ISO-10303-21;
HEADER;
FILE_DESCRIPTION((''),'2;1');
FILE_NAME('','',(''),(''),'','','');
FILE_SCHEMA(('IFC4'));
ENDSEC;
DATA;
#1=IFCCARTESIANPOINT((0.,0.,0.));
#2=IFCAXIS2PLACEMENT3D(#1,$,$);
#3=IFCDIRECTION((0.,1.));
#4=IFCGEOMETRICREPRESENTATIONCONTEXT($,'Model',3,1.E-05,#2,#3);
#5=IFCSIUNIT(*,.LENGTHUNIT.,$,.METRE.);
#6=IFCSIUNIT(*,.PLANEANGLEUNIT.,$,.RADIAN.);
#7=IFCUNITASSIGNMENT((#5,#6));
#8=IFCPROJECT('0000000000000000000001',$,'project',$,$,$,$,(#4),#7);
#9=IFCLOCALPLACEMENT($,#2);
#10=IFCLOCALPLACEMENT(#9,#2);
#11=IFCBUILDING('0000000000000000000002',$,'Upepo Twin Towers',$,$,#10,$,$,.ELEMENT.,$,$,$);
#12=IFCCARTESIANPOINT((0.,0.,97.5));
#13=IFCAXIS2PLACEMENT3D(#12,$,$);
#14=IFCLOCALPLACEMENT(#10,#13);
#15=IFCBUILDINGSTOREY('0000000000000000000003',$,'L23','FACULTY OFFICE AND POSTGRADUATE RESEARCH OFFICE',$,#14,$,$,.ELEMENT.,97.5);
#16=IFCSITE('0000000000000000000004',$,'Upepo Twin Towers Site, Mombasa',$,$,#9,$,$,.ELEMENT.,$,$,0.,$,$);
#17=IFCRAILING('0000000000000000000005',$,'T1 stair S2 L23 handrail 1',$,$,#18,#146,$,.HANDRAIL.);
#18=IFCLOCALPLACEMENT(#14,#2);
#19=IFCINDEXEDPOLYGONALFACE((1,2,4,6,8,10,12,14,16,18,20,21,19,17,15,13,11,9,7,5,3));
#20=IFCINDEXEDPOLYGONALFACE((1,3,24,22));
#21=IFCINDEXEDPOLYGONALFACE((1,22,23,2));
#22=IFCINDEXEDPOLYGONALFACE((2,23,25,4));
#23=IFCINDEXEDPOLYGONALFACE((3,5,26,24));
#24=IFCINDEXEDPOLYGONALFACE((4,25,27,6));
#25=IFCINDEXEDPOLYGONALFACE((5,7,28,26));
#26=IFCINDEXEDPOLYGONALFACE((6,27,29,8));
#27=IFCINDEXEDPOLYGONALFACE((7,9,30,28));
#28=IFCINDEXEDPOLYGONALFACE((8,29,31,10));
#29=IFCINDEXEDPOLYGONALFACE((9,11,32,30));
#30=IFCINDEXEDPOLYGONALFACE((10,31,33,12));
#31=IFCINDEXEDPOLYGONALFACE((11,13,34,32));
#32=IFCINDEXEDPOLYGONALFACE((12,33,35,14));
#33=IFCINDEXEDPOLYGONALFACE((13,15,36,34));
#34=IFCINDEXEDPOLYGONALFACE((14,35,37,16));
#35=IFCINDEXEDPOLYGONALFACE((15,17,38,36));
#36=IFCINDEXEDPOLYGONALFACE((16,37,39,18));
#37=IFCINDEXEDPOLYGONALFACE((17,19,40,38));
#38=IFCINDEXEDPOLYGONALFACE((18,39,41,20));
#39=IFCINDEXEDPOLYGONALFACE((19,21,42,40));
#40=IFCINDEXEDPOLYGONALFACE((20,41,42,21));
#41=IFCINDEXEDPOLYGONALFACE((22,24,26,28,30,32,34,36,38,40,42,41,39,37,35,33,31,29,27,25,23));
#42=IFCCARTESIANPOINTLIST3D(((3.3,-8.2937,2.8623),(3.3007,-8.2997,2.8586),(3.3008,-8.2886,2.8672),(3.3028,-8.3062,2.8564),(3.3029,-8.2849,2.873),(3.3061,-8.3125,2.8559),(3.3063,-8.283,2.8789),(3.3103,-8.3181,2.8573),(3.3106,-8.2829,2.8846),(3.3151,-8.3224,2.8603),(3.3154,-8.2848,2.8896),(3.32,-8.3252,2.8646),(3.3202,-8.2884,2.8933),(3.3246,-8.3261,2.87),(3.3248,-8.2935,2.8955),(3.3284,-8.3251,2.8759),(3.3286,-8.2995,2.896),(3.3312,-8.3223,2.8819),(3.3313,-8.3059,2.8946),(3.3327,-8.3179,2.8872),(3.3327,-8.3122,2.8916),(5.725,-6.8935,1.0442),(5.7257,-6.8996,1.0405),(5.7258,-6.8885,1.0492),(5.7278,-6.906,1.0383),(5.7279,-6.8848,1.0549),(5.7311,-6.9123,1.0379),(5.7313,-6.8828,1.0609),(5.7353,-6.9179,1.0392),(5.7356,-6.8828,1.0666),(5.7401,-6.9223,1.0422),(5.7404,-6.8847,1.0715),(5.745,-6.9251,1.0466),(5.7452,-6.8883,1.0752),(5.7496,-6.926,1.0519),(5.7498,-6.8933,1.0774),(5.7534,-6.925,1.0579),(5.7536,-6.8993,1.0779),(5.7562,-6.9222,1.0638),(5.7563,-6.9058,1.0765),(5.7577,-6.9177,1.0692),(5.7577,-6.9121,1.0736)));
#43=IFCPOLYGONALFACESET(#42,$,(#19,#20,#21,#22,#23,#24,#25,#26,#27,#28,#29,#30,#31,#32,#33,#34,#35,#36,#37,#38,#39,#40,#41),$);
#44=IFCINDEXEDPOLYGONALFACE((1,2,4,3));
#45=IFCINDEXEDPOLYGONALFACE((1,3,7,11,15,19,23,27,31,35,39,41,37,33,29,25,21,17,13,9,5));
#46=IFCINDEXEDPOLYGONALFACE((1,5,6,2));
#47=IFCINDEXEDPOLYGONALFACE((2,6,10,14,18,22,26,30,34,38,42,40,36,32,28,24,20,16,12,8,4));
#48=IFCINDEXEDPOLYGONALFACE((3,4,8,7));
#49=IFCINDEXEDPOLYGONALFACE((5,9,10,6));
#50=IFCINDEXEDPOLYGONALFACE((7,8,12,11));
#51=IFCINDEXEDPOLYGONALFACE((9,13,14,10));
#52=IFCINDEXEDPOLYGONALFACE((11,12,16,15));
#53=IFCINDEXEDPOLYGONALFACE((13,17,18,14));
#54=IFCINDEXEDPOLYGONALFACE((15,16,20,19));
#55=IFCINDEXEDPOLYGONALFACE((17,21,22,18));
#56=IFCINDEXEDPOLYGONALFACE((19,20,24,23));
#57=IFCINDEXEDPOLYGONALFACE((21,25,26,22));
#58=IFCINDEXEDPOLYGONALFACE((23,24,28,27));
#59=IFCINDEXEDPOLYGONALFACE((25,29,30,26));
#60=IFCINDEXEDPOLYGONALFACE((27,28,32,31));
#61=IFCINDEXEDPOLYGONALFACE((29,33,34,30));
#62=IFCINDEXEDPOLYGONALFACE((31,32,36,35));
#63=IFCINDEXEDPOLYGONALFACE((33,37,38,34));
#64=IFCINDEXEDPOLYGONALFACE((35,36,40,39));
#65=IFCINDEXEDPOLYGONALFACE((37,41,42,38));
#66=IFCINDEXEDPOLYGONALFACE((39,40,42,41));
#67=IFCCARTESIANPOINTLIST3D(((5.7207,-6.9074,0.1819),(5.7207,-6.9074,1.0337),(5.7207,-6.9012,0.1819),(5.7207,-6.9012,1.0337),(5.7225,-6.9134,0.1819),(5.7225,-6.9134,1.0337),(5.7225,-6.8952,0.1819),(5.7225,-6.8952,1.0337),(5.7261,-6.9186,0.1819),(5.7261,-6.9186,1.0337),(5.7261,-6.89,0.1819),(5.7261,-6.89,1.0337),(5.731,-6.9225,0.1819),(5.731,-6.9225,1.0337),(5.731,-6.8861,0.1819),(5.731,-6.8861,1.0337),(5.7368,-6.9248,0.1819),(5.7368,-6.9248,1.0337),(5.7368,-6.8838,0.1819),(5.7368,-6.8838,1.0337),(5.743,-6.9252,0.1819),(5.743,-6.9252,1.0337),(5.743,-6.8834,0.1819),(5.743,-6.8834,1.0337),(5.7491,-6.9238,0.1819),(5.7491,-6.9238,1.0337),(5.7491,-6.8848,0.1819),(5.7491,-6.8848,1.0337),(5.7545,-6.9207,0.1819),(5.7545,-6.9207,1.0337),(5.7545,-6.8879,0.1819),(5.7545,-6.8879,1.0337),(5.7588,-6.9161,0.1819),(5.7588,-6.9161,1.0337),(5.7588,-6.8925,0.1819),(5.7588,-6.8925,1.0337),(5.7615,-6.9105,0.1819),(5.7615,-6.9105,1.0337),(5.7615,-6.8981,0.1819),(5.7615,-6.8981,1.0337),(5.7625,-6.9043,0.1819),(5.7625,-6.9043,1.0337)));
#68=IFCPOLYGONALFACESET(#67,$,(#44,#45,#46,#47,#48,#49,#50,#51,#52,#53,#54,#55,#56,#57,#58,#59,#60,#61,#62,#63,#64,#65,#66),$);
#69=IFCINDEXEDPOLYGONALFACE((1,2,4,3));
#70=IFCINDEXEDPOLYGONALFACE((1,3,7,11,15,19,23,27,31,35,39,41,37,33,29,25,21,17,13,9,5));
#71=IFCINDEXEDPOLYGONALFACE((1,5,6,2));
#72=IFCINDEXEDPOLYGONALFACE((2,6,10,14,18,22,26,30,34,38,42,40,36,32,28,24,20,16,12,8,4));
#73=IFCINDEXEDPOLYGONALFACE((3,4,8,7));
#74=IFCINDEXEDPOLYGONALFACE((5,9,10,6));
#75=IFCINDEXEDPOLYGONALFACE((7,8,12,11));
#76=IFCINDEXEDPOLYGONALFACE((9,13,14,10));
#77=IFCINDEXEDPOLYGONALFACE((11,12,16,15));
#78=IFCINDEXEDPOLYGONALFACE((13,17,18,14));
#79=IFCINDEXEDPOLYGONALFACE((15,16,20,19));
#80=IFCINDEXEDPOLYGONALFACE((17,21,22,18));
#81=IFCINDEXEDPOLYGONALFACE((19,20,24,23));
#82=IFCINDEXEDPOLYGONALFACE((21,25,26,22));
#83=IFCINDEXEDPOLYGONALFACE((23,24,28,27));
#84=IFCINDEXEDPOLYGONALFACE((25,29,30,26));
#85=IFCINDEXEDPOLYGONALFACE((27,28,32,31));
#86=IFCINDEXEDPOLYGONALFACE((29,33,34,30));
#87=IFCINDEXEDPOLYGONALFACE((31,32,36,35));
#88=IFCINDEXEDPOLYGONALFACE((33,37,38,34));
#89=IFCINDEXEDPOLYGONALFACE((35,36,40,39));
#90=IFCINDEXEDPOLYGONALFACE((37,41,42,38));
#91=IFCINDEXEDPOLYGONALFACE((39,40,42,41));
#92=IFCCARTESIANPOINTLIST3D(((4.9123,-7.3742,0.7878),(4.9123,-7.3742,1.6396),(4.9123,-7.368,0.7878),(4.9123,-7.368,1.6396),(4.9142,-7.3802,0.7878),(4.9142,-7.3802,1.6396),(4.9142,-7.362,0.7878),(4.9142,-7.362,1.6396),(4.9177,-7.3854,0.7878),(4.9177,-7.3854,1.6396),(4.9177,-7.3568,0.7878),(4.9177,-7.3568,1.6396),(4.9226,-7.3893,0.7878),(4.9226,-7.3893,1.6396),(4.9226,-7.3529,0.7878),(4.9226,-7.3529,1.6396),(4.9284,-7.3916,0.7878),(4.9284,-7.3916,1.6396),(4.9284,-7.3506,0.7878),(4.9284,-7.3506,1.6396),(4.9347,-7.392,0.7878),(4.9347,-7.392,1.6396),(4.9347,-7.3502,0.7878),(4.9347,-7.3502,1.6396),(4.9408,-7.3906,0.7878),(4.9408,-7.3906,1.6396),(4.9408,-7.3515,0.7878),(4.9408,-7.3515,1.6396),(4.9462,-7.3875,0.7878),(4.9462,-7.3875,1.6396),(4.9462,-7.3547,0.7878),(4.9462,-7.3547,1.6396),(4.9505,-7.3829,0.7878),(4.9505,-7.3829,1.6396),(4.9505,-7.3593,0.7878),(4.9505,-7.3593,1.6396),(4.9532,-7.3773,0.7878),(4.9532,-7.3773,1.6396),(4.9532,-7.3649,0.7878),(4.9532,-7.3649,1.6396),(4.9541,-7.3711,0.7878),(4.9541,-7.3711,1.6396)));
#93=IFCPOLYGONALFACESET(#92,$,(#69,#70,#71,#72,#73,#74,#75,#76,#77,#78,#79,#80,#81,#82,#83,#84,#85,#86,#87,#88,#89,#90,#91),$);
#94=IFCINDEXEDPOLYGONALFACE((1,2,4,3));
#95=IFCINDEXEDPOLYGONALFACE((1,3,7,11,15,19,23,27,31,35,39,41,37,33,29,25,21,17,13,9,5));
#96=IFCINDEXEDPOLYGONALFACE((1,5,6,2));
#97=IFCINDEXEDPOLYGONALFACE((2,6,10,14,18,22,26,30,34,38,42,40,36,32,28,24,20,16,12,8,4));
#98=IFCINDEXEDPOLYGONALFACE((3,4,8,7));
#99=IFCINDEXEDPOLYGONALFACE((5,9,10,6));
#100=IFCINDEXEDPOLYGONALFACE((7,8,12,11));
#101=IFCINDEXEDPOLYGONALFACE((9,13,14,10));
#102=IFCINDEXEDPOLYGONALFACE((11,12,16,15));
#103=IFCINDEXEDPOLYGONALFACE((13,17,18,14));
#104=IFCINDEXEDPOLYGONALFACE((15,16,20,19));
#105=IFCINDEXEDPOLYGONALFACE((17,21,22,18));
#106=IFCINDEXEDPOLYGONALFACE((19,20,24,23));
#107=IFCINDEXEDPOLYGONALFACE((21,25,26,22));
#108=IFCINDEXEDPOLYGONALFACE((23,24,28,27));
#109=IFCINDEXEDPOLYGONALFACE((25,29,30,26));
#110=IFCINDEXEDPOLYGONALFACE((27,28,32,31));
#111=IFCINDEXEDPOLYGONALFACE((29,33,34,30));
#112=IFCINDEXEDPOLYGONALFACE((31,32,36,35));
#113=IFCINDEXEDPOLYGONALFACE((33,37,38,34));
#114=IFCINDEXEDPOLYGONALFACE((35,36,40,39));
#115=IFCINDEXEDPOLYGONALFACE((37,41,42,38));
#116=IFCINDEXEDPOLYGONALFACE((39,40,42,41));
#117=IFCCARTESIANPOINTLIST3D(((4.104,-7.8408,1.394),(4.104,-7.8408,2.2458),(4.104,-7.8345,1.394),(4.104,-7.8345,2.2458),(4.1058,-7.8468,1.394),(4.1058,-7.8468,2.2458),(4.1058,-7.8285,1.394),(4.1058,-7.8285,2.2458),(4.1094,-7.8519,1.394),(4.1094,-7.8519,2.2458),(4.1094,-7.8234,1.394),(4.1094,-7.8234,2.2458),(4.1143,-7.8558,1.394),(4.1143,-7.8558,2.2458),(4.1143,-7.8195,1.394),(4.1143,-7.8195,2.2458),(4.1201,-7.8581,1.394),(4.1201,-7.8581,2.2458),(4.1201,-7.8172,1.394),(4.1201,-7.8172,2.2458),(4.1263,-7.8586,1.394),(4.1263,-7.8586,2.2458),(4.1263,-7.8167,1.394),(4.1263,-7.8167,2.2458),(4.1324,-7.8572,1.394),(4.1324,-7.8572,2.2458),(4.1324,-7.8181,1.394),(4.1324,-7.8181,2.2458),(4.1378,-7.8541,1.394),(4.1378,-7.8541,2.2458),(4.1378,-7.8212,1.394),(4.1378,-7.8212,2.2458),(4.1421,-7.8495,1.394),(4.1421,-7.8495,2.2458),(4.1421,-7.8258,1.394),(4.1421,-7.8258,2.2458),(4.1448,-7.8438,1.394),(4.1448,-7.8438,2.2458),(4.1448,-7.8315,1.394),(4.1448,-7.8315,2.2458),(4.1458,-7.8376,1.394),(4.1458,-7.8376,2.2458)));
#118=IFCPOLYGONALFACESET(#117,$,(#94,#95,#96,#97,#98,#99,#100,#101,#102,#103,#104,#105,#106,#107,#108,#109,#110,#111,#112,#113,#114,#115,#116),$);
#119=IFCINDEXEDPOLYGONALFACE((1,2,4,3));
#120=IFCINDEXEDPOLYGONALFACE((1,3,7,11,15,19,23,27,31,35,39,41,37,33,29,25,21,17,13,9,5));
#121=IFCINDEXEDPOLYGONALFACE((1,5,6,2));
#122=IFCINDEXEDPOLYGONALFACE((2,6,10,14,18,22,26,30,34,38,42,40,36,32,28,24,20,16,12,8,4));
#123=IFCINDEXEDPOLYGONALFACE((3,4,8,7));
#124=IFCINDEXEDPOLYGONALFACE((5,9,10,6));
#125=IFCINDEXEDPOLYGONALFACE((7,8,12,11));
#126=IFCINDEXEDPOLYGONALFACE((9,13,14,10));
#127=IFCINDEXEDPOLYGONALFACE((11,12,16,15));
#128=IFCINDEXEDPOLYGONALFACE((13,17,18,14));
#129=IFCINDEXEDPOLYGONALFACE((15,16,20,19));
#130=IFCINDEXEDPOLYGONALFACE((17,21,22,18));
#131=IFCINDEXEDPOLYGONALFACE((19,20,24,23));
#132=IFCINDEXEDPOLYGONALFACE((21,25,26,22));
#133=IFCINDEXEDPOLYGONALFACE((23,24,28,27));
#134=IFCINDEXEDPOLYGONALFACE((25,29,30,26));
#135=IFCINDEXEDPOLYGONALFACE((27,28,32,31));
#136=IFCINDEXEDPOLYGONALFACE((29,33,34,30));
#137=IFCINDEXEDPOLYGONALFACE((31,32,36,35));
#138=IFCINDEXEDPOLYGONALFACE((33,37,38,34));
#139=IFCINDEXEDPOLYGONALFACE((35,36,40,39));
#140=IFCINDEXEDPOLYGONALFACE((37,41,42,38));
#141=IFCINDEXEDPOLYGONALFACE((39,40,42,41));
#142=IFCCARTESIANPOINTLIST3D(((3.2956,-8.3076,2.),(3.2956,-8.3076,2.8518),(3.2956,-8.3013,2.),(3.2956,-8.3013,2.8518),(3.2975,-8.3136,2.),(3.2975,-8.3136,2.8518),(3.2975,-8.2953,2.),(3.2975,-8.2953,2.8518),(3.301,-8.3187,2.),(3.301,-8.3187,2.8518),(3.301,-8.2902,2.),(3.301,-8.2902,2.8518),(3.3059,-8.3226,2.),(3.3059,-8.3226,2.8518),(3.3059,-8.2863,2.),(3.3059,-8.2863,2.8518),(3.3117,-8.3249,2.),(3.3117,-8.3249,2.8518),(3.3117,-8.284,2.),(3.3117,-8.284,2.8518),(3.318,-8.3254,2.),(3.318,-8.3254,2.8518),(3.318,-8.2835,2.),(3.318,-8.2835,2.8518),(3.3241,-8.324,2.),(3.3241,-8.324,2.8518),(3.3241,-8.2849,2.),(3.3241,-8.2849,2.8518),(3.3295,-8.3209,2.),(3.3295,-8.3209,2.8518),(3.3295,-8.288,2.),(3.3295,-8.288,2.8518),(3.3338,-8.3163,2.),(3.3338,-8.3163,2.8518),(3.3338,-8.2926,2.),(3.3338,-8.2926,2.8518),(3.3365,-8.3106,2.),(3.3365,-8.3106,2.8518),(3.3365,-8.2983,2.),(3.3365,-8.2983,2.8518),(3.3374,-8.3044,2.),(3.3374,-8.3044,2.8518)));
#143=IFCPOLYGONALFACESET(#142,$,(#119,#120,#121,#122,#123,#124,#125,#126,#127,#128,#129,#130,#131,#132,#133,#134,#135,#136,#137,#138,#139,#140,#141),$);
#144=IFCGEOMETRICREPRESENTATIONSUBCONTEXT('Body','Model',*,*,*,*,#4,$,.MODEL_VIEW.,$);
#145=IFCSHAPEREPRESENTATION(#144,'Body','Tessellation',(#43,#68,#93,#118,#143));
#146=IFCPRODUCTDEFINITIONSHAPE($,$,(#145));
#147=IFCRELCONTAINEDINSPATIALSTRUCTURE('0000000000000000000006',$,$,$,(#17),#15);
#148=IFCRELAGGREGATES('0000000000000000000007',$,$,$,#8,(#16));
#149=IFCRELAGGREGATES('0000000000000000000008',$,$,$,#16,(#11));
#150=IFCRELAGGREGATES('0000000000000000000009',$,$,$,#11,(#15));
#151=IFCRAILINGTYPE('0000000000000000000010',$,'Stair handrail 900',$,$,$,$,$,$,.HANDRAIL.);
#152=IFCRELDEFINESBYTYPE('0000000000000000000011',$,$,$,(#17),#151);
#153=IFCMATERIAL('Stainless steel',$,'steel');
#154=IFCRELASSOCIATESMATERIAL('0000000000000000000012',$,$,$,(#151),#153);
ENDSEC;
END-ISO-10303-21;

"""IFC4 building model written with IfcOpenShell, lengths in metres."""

from ifc_helpers import new_model, si_unit, direction, frame, origin, origin_2d, place, context, subcontext, project, spatial, circle, extrude, material, type_object, element, save


model = new_model("IFC4")

# Units and contexts
model_context = context("Model", 3, precision=1e-05, world=origin(), true_north=direction((0.0, 1.0)))
body_context = subcontext(model_context, "Body", "Model", "MODEL_VIEW")
ifc_project = project(units=[si_unit("LENGTHUNIT", "METRE"), si_unit("PLANEANGLEUNIT", "RADIAN")], contexts=[model_context])

# Site, building, storey
site_placement = place(None, origin())
site = spatial("IfcSite", under=ifc_project, at=site_placement, Name="Upepo Twin Towers Site, Mombasa", CompositionType="ELEMENT", RefElevation=0.0)
building_placement = place(site_placement, origin())
building = spatial("IfcBuilding", under=site, at=building_placement, Name="Upepo Twin Towers", CompositionType="ELEMENT")
storey_placement = place(building_placement, frame((0.0, 0.0, 97.5)))
storey = spatial("IfcBuildingStorey", under=building, at=storey_placement, Name="L23", Description="FACULTY OFFICE AND POSTGRADUATE RESEARCH OFFICE", CompositionType="ELEMENT", Elevation=97.5)

# Railing
ifc_material_1 = material(Name="Stainless steel", Category="steel")
railing_type = type_object("IfcRailingType", Name="Stair handrail 900", PredefinedType="HANDRAIL", material=ifc_material_1)
railing_1_placement = place(storey_placement, frame((5.7415, -6.9043, 0.1819)))
element("IfcRailing", 1, at=railing_1_placement, inside=storey, type_object=railing_type, Name="T1 stair S2 L23 handrail 1", PredefinedType="HANDRAIL", context=body_context, shape_type="SweptSolid", body=[
    extrude(circle(Radius=0.0239, at=origin_2d()), frame((0.0, 0.0, 0.876), z_axis=(-0.726349, -0.419371, 0.54456), x_axis=(0.500012, -0.866019, 0.0)), (0.0, 0.0, 1.0), 3.3386),
    extrude(circle(Radius=0.021, at=origin_2d()), origin(), (0.0, 0.0, 1.0), 0.8518),
    extrude(circle(Radius=0.021, at=origin_2d()), frame((-0.8083, -0.4668, 0.606)), (0.0, 0.0, 1.0), 0.8518),
    extrude(circle(Radius=0.021, at=origin_2d()), frame((-1.6167, -0.9333, 1.2122)), (0.0, 0.0, 1.0), 0.8518),
    extrude(circle(Radius=0.021, at=origin_2d()), frame((-2.425, -1.4001, 1.8181)), (0.0, 0.0, 1.0), 0.8518),
])

save(model, "model.ifc")
